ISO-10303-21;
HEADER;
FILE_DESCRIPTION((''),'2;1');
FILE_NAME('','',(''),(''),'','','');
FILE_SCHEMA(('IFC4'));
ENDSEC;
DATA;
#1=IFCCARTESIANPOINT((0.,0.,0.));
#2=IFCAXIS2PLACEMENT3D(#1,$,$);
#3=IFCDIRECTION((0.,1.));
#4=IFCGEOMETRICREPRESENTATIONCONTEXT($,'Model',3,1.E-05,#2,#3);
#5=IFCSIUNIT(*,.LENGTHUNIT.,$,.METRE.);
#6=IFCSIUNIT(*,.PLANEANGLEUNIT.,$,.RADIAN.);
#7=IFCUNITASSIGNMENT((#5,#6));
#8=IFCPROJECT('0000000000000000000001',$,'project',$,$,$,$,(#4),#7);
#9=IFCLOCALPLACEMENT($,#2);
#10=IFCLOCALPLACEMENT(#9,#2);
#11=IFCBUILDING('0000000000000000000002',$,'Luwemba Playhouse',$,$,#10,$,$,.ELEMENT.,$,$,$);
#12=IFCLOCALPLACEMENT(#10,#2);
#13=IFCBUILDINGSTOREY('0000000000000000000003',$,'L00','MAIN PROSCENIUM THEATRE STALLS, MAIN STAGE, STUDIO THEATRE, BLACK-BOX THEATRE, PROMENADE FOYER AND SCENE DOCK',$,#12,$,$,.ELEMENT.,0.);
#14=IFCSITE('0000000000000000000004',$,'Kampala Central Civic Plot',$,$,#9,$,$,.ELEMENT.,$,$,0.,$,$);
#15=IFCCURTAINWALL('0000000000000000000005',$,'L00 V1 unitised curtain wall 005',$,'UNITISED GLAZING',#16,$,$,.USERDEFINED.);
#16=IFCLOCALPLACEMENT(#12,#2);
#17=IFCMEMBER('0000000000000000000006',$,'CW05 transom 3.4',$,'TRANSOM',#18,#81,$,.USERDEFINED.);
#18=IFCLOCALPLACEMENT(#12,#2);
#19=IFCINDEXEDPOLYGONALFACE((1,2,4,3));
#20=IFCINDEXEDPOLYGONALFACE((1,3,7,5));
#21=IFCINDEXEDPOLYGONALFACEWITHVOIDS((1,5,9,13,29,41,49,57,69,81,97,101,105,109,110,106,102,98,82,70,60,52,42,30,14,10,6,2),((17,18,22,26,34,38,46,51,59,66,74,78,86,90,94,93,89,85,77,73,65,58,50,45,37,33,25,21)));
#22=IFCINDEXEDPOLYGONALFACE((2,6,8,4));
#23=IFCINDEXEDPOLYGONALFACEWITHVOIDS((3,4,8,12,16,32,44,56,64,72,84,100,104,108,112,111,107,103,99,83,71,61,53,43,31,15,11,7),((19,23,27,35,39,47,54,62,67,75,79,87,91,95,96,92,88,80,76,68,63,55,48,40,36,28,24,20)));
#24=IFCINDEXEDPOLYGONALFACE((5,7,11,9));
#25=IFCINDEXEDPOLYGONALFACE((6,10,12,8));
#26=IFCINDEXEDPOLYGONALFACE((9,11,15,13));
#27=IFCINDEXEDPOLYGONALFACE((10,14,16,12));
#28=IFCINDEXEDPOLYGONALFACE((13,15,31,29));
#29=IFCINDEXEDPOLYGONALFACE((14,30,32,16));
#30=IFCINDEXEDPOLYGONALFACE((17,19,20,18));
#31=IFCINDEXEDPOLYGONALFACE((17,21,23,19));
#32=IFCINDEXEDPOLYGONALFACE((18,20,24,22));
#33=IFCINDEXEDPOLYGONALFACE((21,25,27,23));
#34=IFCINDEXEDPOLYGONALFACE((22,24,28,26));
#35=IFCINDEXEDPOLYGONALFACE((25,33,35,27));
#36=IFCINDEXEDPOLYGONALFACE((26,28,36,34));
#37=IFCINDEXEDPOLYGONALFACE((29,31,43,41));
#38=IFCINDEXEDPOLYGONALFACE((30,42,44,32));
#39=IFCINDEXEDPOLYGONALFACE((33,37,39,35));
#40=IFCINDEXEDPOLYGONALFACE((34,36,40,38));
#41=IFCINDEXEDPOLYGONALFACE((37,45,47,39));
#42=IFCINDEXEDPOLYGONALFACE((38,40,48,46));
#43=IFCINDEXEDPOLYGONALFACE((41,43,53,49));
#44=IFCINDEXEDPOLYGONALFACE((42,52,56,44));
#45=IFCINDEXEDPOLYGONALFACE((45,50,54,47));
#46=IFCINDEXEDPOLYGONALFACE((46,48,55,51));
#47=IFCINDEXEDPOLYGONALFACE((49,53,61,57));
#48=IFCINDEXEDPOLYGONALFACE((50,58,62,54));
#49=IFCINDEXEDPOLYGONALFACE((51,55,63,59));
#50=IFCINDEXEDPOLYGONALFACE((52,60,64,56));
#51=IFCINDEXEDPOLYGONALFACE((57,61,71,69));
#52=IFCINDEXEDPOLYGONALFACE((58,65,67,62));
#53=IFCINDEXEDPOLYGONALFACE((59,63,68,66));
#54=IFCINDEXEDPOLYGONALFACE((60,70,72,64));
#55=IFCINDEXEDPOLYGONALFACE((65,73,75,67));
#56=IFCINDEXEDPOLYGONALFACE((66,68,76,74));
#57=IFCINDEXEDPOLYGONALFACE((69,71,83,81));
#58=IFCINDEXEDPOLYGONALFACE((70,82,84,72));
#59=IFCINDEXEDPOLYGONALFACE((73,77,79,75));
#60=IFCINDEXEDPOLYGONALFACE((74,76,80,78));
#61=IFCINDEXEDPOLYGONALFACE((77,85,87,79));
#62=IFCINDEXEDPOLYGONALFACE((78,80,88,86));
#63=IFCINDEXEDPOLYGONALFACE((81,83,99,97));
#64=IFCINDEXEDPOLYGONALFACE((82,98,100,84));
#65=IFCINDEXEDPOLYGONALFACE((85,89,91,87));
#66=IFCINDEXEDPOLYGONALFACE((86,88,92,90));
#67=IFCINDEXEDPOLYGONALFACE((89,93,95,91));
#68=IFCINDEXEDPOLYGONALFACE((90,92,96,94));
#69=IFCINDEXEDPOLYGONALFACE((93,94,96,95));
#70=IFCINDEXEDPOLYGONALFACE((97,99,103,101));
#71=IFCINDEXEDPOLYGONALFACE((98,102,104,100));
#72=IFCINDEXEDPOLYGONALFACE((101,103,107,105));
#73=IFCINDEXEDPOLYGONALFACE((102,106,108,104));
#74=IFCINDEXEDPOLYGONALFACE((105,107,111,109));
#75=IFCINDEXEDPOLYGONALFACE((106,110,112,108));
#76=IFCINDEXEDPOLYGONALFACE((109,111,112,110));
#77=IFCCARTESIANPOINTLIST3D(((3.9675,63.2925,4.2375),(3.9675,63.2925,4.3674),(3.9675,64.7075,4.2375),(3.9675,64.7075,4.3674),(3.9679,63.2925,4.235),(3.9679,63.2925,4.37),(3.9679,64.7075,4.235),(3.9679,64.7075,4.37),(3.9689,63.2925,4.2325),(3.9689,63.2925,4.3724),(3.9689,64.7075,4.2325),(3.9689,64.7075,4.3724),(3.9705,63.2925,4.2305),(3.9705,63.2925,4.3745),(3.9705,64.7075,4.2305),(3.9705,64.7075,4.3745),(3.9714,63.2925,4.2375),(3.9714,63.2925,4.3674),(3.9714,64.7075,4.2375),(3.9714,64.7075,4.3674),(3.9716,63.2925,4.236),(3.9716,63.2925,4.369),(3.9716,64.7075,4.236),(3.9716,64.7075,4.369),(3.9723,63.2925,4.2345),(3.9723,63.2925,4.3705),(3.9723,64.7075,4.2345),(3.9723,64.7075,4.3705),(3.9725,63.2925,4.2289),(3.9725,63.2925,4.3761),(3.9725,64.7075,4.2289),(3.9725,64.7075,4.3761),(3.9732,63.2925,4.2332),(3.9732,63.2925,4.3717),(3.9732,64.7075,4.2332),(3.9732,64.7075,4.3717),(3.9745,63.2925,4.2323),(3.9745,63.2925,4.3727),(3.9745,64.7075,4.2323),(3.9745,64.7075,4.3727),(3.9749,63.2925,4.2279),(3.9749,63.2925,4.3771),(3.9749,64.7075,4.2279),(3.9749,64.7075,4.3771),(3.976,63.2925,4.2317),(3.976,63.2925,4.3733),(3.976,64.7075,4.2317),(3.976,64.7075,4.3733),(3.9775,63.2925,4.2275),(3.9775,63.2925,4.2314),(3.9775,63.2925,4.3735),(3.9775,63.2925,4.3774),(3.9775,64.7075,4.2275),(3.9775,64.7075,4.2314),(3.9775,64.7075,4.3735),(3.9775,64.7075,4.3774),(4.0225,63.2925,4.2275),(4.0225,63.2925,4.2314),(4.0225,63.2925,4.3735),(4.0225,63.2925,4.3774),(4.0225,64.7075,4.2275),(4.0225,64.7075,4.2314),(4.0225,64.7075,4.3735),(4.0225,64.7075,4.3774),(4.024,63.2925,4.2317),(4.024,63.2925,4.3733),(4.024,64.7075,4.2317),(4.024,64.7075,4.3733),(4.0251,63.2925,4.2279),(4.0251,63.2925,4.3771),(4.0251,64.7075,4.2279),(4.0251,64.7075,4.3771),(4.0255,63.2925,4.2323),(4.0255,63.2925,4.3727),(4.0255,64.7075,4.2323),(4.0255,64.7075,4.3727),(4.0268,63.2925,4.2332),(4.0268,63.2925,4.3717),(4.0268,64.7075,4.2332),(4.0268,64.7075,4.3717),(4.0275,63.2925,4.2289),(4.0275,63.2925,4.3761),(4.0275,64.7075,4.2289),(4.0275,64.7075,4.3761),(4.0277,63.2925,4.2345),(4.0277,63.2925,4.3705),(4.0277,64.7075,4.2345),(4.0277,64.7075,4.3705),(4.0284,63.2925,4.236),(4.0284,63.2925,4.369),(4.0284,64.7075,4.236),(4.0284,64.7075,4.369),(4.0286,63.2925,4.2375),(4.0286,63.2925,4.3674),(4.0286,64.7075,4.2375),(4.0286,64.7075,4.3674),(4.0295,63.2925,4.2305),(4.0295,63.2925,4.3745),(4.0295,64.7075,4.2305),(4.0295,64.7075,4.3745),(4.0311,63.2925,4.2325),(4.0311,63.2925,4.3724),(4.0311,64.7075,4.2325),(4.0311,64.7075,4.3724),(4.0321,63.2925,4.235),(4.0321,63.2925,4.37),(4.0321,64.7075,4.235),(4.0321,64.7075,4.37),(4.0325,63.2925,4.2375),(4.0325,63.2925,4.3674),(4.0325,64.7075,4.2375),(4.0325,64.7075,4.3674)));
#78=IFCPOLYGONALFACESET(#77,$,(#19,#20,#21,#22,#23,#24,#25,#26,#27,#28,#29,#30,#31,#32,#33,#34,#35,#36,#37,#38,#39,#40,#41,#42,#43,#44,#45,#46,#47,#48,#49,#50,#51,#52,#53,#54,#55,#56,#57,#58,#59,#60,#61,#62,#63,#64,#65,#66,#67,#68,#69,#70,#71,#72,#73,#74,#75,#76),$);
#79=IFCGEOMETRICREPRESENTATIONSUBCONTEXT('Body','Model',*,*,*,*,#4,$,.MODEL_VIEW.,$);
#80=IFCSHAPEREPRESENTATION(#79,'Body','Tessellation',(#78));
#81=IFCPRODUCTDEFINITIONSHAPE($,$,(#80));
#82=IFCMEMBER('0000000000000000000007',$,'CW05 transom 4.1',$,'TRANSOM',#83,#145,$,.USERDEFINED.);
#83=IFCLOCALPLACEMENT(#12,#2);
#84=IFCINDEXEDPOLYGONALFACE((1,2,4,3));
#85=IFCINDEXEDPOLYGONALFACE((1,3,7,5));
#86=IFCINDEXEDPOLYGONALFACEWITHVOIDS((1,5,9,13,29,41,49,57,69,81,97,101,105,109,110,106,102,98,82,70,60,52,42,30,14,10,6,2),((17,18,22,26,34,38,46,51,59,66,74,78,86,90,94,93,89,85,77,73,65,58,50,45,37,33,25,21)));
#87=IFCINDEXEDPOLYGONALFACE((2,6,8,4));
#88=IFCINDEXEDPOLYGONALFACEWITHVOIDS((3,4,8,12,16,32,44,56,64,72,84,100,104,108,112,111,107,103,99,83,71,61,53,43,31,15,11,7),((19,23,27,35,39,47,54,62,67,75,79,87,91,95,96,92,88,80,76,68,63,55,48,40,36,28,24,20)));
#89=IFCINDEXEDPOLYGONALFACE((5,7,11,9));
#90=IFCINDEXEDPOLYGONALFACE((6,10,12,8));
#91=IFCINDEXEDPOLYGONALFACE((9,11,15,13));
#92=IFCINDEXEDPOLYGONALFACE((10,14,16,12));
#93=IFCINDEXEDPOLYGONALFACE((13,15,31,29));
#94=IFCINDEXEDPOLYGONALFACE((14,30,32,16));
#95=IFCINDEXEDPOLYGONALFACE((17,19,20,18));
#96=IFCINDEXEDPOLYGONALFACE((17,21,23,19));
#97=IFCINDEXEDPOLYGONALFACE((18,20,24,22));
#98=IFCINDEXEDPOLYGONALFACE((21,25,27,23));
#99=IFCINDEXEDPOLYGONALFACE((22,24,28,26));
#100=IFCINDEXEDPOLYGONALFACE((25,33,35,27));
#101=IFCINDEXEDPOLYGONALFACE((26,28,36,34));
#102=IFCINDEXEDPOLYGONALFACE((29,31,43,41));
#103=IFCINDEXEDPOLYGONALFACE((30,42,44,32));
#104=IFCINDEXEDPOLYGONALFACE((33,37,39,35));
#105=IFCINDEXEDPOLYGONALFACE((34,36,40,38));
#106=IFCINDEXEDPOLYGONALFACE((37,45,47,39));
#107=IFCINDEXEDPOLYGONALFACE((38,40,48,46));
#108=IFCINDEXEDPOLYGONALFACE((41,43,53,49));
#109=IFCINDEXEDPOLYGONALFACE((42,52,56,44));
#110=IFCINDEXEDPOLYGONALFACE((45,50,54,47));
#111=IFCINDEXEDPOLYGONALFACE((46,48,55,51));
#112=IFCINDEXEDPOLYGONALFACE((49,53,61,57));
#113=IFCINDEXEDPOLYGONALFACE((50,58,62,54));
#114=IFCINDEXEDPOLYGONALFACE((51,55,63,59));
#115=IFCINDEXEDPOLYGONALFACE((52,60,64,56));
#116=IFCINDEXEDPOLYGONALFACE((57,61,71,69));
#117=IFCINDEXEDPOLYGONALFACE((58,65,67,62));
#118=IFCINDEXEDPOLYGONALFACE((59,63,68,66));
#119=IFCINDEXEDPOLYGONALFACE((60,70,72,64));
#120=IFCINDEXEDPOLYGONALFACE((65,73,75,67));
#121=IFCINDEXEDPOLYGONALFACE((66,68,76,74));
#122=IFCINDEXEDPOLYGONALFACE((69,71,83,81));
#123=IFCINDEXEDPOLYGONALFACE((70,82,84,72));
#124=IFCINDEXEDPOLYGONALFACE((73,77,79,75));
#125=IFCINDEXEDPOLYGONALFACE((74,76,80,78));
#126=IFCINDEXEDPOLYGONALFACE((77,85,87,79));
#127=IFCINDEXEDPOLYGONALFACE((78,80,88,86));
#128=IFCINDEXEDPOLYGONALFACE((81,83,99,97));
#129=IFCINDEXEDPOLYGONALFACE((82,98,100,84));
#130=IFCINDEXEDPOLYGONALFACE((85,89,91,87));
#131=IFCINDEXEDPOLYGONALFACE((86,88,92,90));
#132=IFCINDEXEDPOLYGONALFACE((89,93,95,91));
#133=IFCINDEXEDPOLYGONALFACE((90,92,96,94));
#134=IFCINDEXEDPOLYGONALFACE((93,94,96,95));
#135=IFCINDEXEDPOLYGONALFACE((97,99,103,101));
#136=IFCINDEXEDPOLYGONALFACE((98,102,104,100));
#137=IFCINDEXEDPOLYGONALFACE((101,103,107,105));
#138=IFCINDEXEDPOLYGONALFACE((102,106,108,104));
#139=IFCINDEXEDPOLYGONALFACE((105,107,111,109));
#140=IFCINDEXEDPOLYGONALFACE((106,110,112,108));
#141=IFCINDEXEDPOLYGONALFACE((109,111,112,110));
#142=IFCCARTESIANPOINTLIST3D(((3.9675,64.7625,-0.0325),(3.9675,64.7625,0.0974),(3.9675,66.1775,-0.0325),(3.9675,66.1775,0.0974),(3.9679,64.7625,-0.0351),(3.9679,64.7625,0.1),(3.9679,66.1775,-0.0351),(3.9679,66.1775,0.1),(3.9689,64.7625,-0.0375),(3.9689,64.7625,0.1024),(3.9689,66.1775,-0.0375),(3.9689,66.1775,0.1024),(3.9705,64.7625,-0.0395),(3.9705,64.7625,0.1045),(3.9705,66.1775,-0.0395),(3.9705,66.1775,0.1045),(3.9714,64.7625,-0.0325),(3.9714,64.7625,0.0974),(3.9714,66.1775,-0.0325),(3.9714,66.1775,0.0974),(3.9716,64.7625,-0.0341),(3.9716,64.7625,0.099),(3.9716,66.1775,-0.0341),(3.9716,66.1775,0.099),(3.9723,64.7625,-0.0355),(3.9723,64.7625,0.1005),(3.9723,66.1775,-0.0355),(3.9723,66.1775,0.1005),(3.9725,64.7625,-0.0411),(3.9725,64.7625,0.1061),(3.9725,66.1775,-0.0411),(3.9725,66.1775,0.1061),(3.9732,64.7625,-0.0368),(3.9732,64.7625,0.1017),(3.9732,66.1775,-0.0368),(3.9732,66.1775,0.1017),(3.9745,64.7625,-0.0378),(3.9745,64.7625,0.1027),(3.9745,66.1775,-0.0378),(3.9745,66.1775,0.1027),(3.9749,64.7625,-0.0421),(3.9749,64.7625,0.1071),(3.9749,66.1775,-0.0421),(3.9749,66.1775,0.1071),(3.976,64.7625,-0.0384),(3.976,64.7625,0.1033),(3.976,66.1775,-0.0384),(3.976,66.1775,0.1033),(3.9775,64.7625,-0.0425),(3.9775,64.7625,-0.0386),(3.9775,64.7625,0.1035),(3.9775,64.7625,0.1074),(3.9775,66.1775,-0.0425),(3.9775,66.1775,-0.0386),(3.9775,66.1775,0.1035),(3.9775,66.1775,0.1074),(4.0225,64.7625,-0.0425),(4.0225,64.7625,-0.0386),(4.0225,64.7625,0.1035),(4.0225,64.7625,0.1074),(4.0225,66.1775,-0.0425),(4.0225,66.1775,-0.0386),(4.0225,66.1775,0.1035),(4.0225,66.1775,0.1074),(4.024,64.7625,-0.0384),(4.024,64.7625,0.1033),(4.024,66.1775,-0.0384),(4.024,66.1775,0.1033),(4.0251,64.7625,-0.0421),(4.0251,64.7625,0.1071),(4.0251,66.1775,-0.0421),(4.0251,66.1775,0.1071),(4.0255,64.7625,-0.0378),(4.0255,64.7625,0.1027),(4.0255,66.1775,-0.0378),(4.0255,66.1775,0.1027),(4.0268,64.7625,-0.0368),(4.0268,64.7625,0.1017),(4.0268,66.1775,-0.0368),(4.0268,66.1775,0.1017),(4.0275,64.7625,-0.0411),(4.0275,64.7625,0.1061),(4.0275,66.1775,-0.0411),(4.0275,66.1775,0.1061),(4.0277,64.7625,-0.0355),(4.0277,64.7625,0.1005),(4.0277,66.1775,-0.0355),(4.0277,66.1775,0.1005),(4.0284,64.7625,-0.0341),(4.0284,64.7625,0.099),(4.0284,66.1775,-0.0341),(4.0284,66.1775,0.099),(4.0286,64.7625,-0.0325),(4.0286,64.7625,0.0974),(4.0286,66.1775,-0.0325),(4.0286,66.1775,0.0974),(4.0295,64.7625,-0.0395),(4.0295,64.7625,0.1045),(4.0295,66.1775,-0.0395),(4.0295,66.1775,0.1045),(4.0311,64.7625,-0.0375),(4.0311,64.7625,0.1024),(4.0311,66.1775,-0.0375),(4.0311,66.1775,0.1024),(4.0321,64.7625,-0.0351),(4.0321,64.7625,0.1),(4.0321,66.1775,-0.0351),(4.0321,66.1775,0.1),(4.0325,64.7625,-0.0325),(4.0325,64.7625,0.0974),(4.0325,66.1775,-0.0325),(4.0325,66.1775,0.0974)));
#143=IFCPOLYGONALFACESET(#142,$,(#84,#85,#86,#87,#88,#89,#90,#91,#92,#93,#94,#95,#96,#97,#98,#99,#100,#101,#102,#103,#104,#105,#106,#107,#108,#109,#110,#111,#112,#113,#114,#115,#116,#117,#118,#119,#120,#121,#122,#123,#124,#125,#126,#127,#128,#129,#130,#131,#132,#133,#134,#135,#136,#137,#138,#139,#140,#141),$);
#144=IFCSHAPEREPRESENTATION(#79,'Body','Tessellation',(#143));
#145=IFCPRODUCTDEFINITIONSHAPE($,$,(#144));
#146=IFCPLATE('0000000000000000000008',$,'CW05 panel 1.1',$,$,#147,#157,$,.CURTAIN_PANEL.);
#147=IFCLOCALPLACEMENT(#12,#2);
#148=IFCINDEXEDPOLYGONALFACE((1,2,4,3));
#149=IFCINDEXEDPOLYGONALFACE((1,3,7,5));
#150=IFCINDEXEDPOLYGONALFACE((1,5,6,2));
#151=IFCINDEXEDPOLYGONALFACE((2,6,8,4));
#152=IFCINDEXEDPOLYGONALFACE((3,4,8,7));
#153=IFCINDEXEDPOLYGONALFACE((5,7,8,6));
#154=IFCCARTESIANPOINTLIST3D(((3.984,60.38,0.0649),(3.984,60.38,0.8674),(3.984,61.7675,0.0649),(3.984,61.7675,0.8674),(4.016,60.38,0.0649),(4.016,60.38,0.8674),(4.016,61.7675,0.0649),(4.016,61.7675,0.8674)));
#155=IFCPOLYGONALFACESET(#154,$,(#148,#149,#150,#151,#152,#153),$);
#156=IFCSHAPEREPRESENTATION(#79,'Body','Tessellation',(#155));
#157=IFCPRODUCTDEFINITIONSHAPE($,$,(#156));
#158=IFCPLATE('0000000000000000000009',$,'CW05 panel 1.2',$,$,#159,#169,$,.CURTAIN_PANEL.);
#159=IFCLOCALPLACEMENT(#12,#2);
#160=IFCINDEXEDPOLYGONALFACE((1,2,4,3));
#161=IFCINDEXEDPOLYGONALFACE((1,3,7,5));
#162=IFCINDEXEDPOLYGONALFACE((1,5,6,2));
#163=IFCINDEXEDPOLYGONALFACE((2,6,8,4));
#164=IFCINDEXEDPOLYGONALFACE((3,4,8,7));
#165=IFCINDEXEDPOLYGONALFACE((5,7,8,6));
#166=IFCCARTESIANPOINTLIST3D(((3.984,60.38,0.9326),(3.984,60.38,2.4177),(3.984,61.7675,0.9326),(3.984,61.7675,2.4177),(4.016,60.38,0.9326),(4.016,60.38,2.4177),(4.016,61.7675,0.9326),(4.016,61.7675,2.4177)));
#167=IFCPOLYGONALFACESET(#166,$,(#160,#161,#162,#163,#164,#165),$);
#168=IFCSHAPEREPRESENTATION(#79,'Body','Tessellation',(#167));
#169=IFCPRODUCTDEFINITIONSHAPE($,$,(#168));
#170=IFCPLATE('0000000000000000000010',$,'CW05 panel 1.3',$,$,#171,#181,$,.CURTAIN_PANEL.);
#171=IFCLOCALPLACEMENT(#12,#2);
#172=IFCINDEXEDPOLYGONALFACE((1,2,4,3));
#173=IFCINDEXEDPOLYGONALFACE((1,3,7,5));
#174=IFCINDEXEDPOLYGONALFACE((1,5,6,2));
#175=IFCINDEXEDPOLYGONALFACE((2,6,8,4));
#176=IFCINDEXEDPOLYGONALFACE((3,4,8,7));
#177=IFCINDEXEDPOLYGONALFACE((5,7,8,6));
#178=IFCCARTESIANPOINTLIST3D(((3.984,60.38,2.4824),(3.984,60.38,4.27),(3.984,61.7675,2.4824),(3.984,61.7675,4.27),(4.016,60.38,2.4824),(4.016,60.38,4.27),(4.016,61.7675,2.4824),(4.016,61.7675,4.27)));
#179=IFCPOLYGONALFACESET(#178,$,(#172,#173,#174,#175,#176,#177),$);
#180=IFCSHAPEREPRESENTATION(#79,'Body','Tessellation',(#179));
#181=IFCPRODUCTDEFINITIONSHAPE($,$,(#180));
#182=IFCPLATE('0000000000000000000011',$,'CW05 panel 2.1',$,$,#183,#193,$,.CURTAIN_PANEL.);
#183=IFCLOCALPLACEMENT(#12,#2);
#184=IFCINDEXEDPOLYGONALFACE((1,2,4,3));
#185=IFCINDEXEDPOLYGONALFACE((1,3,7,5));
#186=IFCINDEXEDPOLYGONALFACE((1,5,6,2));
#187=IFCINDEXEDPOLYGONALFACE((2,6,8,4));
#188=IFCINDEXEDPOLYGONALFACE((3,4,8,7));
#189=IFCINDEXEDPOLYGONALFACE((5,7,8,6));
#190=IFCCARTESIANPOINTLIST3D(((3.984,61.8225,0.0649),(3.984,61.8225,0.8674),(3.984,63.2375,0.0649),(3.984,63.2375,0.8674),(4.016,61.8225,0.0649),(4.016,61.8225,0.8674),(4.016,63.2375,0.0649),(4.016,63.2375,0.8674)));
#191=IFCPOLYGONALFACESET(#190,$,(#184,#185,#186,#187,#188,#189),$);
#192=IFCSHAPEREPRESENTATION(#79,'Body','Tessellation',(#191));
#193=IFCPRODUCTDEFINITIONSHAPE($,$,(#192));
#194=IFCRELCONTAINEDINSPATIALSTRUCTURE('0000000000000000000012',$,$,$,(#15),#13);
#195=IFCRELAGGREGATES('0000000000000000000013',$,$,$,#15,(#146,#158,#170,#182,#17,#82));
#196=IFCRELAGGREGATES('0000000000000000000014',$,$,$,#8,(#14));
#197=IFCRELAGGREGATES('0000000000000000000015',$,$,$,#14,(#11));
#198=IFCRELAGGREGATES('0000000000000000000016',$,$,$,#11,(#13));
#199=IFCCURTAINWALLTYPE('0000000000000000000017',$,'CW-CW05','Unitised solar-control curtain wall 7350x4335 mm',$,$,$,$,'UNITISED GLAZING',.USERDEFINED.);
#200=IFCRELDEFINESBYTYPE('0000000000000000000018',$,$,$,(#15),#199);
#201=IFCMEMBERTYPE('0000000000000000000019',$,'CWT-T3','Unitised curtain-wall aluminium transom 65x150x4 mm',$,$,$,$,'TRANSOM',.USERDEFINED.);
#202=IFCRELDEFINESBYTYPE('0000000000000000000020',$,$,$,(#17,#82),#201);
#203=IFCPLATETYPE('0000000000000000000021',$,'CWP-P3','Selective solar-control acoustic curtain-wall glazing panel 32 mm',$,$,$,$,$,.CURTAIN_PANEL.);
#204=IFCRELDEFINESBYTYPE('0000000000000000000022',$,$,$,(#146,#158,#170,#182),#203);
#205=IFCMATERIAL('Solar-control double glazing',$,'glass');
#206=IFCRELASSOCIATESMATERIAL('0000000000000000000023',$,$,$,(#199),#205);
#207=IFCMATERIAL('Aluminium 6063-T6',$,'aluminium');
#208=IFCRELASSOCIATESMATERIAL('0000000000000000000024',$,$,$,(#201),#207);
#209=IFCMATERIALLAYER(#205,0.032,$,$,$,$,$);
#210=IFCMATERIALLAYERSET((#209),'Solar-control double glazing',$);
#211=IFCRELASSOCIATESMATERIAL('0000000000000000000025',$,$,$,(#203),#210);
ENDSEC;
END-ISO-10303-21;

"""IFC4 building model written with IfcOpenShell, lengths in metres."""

from ifc_helpers import new_model, si_unit, direction, frame, origin, origin_2d, place, context, subcontext, project, spatial, rectangle, hollow_rectangle, extrude, material, layer, layer_set, material_profile, profile_set, type_object, element, aggregate, save


model = new_model("IFC4")

# Units and contexts
model_context = context("Model", 3, precision=1e-05, world=origin(), true_north=direction((0.0, 1.0)))
body_context = subcontext(model_context, "Body", "Model", "MODEL_VIEW")
ifc_project = project(units=[si_unit("LENGTHUNIT", "METRE"), si_unit("PLANEANGLEUNIT", "RADIAN")], contexts=[model_context])

# Site, building, storey
site_placement = place(None, origin())
site = spatial("IfcSite", under=ifc_project, at=site_placement, Name="Kampala Central Civic Plot", CompositionType="ELEMENT", RefElevation=0.0)
building_placement = place(site_placement, origin())
building = spatial("IfcBuilding", under=site, at=building_placement, Name="Luwemba Playhouse", CompositionType="ELEMENT")
storey_placement = place(building_placement, origin())
storey = spatial("IfcBuildingStorey", under=building, at=storey_placement, Name="L00", Description="MAIN PROSCENIUM THEATRE STALLS, MAIN STAGE, STUDIO THEATRE, BLACK-BOX THEATRE, PROMENADE FOYER AND SCENE DOCK", CompositionType="ELEMENT", Elevation=0.0)

# Curtain wall, members, plates
ifc_material_1 = material(Name="Solar-control double glazing", Category="glass")
curtain_wall_type = type_object("IfcCurtainWallType", Name="CW-CW05", Description="Unitised solar-control curtain wall 7350x4335 mm", ElementType="UNITISED GLAZING", PredefinedType="USERDEFINED", material=ifc_material_1)
curtain_wall_placement = place(storey_placement, origin())
curtain_wall = element("IfcCurtainWall", 1, at=curtain_wall_placement, inside=storey, type_object=curtain_wall_type, Name="L00 V1 unitised curtain wall 005", ObjectType="UNITISED GLAZING", PredefinedType="USERDEFINED")
ifc_material_2 = material(Name="Aluminium 6063-T6", Category="aluminium")
ifc_material_profile_1 = material_profile(ifc_material_2, hollow_rectangle(XDim=0.0649, YDim=0.1499, WallThickness=0.0039, InnerFilletRadius=0.0061, OuterFilletRadius=0.01, at=origin_2d()))
ifc_profile_set_1 = profile_set([ifc_material_profile_1], Name="Aluminium 6063-T6")
member_type_1 = type_object("IfcMemberType", Name="CWT-T3", Description="Unitised curtain-wall aluminium transom 65x150x4 mm", ElementType="TRANSOM", PredefinedType="USERDEFINED", material=ifc_profile_set_1)
member_1_placement = place(storey_placement, frame((4.0, 63.2925, 4.3025), z_axis=(0.0, 1.0, 0.0), x_axis=(-1.0, 0.0, 0.0)))
member_1 = element("IfcMember", 2, at=member_1_placement, type_object=member_type_1, Name="CW05 transom 3.4", ObjectType="TRANSOM", PredefinedType="USERDEFINED", context=body_context, shape_type="SweptSolid", body=[
    extrude(hollow_rectangle(XDim=0.0649, YDim=0.1499, WallThickness=0.0039, InnerFilletRadius=0.0061, OuterFilletRadius=0.01, at=origin_2d()), origin(), (0.0, 0.0, 1.0), 1.415),
])
member_2_placement = place(storey_placement, frame((4.0, 64.7625, 0.0325), z_axis=(0.0, 1.0, 0.0), x_axis=(-1.0, 0.0, 0.0)))
member_2 = element("IfcMember", 3, at=member_2_placement, type_object=member_type_1, Name="CW05 transom 4.1", ObjectType="TRANSOM", PredefinedType="USERDEFINED", context=body_context, shape_type="SweptSolid", body=[
    extrude(hollow_rectangle(XDim=0.0649, YDim=0.1499, WallThickness=0.0039, InnerFilletRadius=0.0061, OuterFilletRadius=0.01, at=origin_2d()), origin(), (0.0, 0.0, 1.0), 1.415),
])
ifc_layer = layer(ifc_material_1, 0.032)
ifc_layer_set = layer_set([ifc_layer], Name="Solar-control double glazing")
plate_type = type_object("IfcPlateType", Name="CWP-P3", Description="Selective solar-control acoustic curtain-wall glazing panel 32 mm", PredefinedType="CURTAIN_PANEL", material=ifc_layer_set)
plate_1_placement = place(storey_placement, frame((4.0, 61.0737, 0.0649), z_axis=(0.0, 0.0, 1.0), x_axis=(0.0, 1.0, 0.0)))
plate_1 = element("IfcPlate", 4, at=plate_1_placement, type_object=plate_type, Name="CW05 panel 1.1", PredefinedType="CURTAIN_PANEL", context=body_context, shape_type="SweptSolid", body=[
    extrude(rectangle(XDim=1.3875, YDim=0.032, at=origin_2d()), origin(), (0.0, 0.0, 1.0), 0.8025),
])
plate_2_placement = place(storey_placement, frame((4.0, 61.0737, 0.9326), z_axis=(0.0, 0.0, 1.0), x_axis=(0.0, 1.0, 0.0)))
plate_2 = element("IfcPlate", 5, at=plate_2_placement, type_object=plate_type, Name="CW05 panel 1.2", PredefinedType="CURTAIN_PANEL", context=body_context, shape_type="SweptSolid", body=[
    extrude(rectangle(XDim=1.3875, YDim=0.032, at=origin_2d()), origin(), (0.0, 0.0, 1.0), 1.4851),
])
plate_3_placement = place(storey_placement, frame((4.0, 61.0737, 2.4824), z_axis=(0.0, 0.0, 1.0), x_axis=(0.0, 1.0, 0.0)))
plate_3 = element("IfcPlate", 6, at=plate_3_placement, type_object=plate_type, Name="CW05 panel 1.3", PredefinedType="CURTAIN_PANEL", context=body_context, shape_type="SweptSolid", body=[
    extrude(rectangle(XDim=1.3875, YDim=0.032, at=origin_2d()), origin(), (0.0, 0.0, 1.0), 1.7876),
])
plate_4_placement = place(storey_placement, frame((4.0, 62.53, 0.0649), z_axis=(0.0, 0.0, 1.0), x_axis=(0.0, 1.0, 0.0)))
plate_4 = element("IfcPlate", 7, at=plate_4_placement, type_object=plate_type, Name="CW05 panel 2.1", PredefinedType="CURTAIN_PANEL", context=body_context, shape_type="SweptSolid", body=[
    extrude(rectangle(XDim=1.415, YDim=0.032, at=origin_2d()), origin(), (0.0, 0.0, 1.0), 0.8025),
])
aggregate(curtain_wall, [plate_1, plate_2, plate_3, plate_4, member_1, member_2])

save(model, "model.ifc")
